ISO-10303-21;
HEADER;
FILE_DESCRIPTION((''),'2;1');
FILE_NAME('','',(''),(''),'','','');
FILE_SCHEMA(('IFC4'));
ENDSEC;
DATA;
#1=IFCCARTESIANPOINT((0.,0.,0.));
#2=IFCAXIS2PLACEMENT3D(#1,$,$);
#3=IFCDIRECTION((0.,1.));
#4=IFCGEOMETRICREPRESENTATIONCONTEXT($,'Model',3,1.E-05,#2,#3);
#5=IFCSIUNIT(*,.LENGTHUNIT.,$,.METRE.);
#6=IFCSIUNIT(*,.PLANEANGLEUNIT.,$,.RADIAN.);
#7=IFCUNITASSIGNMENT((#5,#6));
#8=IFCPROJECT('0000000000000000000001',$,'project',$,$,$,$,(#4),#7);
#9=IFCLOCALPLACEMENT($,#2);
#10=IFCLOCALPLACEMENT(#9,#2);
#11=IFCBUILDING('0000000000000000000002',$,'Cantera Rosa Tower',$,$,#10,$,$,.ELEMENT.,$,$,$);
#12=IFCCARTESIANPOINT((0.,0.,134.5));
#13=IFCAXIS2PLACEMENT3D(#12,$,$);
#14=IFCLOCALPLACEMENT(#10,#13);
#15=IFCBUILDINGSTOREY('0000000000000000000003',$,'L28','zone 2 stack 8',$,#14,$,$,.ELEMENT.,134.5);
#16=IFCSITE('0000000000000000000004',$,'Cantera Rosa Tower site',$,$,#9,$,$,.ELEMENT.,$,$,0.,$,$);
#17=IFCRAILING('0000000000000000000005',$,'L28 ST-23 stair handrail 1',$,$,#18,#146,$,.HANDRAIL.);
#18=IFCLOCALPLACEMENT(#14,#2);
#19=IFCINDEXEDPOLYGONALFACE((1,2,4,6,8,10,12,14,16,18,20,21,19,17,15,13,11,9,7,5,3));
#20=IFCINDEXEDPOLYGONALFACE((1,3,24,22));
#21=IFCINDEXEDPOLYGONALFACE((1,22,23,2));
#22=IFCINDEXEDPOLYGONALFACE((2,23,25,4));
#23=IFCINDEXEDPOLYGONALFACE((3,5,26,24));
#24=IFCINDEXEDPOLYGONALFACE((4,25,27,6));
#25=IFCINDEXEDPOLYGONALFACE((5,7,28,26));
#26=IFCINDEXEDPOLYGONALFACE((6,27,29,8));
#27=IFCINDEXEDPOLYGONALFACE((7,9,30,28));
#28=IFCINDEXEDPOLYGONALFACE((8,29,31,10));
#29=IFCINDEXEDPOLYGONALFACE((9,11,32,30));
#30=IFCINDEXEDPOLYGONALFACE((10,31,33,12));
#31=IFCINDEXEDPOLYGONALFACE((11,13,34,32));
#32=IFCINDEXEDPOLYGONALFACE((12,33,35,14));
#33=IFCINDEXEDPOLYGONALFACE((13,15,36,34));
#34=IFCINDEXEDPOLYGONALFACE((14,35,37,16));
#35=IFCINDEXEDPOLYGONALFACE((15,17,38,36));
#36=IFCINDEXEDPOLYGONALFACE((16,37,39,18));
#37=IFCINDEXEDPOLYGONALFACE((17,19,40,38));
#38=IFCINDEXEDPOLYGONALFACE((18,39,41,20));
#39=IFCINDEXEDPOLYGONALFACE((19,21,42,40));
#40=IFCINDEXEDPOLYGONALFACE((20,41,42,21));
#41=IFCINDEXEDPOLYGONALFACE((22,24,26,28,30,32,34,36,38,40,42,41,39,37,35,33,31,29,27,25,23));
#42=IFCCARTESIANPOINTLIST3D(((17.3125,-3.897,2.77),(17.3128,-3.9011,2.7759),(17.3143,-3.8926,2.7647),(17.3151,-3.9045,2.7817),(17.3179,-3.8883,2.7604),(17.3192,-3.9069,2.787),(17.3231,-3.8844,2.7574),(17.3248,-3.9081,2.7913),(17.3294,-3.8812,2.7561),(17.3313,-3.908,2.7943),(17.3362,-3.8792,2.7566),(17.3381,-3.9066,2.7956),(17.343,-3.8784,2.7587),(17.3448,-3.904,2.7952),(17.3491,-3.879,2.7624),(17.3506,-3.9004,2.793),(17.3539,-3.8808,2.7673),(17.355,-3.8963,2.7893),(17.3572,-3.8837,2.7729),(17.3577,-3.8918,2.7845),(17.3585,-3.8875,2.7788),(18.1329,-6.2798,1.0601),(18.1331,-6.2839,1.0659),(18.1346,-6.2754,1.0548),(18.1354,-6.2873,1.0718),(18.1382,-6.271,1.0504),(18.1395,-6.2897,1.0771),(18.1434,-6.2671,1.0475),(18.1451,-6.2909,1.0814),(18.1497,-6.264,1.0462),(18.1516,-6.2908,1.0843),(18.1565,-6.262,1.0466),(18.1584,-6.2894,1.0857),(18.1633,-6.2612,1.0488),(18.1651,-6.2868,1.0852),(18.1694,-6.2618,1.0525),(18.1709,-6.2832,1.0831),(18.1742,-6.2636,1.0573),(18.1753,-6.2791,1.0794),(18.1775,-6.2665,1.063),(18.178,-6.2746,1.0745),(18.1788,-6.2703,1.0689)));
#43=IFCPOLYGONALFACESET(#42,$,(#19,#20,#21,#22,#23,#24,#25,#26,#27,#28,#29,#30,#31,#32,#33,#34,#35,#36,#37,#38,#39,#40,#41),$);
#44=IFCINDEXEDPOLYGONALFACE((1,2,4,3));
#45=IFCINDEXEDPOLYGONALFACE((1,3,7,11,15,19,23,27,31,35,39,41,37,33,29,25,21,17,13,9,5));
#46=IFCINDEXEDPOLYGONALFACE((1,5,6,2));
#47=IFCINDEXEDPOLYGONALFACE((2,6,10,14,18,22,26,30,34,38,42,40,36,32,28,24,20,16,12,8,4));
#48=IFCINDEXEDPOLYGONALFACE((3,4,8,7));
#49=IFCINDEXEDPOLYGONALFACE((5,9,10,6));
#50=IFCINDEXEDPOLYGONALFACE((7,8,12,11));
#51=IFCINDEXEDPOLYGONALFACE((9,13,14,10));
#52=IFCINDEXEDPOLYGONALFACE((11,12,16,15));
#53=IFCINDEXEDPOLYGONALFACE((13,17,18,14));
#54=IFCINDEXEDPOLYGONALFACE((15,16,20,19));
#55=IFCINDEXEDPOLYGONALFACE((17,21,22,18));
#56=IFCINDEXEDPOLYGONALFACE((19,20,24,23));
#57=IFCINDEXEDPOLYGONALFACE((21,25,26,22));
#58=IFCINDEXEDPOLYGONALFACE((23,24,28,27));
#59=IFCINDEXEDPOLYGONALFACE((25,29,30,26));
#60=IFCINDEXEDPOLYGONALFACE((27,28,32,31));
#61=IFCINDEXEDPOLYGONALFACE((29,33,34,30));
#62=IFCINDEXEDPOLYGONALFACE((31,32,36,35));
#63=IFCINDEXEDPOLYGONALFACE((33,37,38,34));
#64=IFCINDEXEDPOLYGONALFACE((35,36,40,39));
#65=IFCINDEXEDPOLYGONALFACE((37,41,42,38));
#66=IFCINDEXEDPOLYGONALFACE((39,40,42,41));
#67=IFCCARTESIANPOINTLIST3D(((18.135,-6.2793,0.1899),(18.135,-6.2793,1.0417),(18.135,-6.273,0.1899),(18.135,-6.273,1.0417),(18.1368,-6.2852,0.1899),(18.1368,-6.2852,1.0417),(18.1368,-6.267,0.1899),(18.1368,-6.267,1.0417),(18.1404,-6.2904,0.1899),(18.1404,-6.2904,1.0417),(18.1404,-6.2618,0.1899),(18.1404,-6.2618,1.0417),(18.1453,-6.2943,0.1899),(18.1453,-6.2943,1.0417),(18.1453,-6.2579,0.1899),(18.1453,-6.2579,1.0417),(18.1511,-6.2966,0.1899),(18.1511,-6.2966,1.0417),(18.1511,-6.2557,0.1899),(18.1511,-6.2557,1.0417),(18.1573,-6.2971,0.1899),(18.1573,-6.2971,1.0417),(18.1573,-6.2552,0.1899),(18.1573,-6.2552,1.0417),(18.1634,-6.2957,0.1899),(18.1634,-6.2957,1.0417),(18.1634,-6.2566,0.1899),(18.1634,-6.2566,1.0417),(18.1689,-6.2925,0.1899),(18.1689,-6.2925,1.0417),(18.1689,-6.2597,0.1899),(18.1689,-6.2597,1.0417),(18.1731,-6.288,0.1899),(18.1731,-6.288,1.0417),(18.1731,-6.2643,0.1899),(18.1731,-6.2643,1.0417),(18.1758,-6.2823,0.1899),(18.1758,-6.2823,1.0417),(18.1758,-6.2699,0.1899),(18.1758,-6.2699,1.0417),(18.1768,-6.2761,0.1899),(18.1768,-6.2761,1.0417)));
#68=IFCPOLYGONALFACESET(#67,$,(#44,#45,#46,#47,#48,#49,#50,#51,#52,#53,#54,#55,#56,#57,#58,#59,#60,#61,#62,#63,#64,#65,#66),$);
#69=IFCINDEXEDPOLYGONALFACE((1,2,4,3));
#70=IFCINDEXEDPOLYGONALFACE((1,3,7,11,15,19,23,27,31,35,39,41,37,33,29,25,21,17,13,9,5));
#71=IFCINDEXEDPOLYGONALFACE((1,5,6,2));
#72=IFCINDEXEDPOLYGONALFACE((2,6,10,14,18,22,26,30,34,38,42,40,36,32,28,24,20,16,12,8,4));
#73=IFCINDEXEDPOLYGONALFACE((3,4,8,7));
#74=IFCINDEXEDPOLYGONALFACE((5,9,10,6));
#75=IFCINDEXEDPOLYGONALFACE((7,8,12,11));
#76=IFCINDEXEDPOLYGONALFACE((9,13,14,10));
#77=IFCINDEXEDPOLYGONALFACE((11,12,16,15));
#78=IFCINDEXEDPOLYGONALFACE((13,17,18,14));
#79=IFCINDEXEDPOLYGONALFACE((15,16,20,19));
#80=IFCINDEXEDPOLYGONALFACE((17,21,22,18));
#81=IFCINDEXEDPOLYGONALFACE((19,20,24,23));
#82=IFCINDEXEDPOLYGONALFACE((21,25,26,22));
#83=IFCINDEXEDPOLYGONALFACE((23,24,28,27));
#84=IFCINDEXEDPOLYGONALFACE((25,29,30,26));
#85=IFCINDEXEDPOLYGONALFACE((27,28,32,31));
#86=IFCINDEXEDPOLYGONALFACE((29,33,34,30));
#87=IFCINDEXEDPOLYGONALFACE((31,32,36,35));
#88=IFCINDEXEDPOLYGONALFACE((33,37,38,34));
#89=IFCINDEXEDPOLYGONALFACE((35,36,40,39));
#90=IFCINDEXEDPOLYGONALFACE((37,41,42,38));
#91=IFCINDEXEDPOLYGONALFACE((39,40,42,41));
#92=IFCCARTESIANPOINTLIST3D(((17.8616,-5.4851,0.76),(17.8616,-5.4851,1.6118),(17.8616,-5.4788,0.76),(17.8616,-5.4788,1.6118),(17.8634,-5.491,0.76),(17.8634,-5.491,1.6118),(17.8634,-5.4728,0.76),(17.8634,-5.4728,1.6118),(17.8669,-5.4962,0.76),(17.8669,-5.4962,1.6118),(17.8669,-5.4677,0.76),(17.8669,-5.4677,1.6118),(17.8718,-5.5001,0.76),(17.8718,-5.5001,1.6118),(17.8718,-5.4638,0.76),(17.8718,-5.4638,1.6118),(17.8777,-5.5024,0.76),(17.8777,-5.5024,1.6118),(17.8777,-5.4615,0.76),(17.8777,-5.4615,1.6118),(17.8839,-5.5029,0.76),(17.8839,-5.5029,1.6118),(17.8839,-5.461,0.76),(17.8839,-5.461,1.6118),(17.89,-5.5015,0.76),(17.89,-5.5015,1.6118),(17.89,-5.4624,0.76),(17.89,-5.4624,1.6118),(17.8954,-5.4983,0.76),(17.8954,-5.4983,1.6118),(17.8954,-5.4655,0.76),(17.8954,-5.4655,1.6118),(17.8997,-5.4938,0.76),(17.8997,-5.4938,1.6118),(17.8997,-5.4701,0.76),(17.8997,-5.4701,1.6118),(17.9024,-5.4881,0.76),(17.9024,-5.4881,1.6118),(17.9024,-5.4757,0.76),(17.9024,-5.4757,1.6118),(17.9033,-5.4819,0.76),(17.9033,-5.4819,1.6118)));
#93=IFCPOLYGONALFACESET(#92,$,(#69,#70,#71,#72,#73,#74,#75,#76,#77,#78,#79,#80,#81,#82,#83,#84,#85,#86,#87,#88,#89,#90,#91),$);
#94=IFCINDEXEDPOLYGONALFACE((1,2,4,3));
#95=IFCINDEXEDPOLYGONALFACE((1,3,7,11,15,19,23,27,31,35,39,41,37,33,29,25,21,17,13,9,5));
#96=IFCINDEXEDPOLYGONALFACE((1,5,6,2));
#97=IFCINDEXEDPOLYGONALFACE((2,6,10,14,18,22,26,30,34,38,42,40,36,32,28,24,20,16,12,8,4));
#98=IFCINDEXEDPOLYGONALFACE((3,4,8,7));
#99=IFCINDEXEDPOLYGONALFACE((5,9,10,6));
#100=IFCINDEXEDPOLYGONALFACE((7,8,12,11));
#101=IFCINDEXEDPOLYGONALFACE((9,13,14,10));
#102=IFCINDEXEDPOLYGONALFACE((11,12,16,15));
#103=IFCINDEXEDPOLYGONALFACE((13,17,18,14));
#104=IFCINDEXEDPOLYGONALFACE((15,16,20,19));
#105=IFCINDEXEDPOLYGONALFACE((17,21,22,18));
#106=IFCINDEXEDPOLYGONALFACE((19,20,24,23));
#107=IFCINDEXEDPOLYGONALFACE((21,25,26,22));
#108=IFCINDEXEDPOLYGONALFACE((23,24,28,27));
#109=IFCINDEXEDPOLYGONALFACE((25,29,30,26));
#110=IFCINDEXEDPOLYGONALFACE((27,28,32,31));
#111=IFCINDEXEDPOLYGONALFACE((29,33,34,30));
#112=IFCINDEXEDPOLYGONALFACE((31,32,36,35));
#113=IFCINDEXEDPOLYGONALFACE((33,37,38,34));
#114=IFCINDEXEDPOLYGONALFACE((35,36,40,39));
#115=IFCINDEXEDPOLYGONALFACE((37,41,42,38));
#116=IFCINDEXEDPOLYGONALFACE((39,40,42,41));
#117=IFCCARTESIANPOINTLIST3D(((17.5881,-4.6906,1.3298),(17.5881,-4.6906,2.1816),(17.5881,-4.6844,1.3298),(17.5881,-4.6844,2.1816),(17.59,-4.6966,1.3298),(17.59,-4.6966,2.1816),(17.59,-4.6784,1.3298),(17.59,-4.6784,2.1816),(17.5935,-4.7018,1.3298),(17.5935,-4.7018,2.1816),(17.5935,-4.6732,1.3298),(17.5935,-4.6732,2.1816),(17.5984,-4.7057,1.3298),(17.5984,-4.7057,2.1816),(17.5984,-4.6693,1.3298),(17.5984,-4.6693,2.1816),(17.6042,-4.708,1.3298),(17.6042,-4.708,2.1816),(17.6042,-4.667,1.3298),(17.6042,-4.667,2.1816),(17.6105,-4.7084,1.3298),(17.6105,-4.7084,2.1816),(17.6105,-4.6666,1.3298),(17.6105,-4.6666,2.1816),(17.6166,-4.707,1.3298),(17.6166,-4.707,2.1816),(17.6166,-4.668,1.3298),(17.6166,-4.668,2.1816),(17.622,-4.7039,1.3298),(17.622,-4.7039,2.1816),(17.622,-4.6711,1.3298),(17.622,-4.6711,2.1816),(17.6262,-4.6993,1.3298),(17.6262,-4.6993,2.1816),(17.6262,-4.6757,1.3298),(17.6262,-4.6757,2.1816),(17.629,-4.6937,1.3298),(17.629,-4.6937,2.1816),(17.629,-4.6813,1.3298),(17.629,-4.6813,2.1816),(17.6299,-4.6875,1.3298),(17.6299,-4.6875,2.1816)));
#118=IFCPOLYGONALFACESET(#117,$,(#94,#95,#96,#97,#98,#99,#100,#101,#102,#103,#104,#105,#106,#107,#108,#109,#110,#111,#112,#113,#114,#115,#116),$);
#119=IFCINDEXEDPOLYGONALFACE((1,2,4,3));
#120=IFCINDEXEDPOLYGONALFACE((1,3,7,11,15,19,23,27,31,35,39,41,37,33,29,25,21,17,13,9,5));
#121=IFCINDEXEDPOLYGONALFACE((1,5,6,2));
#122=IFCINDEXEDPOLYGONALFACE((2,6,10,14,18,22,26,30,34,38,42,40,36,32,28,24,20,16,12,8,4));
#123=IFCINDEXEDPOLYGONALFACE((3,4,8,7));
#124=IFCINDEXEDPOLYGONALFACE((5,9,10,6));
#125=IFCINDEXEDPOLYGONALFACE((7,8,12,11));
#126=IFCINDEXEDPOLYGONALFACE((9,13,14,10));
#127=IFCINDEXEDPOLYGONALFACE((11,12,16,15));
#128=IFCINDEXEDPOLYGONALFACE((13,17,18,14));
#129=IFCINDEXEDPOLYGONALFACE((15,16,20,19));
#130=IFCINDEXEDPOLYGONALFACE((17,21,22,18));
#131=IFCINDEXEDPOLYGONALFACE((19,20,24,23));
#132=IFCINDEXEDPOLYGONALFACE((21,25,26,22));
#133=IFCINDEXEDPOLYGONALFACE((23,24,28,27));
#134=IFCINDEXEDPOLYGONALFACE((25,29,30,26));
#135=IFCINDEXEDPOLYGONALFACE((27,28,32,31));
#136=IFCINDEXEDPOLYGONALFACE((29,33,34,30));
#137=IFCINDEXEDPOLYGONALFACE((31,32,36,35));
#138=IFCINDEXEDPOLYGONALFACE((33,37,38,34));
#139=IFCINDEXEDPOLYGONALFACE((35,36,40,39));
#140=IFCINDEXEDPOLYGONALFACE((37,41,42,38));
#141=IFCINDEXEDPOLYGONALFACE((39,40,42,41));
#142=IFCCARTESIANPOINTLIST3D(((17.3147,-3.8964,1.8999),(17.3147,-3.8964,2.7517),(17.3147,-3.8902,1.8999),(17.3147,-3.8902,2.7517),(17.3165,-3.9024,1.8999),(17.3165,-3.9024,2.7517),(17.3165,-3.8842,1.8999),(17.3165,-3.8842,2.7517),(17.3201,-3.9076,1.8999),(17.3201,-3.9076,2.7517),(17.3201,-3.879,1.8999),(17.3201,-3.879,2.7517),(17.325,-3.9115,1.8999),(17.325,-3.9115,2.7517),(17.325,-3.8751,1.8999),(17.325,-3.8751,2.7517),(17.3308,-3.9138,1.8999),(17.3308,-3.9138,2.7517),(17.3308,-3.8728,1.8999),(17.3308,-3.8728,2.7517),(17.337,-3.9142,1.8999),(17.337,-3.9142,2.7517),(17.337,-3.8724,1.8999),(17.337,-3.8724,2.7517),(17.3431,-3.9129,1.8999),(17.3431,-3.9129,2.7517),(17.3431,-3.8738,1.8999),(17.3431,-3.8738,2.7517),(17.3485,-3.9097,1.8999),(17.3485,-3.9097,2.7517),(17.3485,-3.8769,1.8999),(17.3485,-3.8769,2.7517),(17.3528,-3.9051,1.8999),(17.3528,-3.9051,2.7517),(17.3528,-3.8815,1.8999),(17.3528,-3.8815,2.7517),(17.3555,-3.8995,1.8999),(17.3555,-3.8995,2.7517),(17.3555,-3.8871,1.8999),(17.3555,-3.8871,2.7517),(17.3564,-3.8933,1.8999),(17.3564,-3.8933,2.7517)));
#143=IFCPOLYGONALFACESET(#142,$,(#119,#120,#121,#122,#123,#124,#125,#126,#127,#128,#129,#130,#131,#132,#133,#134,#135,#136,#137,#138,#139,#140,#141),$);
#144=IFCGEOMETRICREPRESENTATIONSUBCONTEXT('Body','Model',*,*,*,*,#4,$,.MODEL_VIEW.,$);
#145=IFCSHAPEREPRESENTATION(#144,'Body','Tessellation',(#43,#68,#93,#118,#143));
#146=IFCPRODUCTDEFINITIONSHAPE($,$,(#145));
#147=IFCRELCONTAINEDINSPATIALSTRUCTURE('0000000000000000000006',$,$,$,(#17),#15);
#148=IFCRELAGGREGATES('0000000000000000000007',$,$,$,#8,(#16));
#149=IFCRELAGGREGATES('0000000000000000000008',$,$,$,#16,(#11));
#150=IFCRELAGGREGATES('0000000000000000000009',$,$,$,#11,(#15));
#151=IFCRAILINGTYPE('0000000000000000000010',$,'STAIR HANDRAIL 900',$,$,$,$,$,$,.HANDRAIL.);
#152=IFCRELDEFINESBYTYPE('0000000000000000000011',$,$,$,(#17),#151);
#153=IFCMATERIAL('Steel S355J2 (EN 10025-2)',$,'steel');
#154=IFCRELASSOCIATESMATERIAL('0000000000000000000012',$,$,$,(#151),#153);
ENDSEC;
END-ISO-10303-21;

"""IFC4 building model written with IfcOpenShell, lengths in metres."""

from ifc_helpers import new_model, si_unit, direction, frame, origin, origin_2d, place, context, subcontext, project, spatial, circle, extrude, material, type_object, element, save


model = new_model("IFC4")

# Units and contexts
model_context = context("Model", 3, precision=1e-05, world=origin(), true_north=direction((0.0, 1.0)))
body_context = subcontext(model_context, "Body", "Model", "MODEL_VIEW")
ifc_project = project(units=[si_unit("LENGTHUNIT", "METRE"), si_unit("PLANEANGLEUNIT", "RADIAN")], contexts=[model_context])

# Site, building, storey
site_placement = place(None, origin())
site = spatial("IfcSite", under=ifc_project, at=site_placement, Name="Cantera Rosa Tower site", CompositionType="ELEMENT", RefElevation=0.0)
building_placement = place(site_placement, origin())
building = spatial("IfcBuilding", under=site, at=building_placement, Name="Cantera Rosa Tower", CompositionType="ELEMENT")
storey_placement = place(building_placement, frame((0.0, 0.0, 134.5)))
storey = spatial("IfcBuildingStorey", under=building, at=storey_placement, Name="L28", Description="zone 2 stack 8", CompositionType="ELEMENT", Elevation=134.5)

# Railing
ifc_material_1 = material(Name="Steel S355J2 (EN 10025-2)", Category="steel")
railing_type_1 = type_object("IfcRailingType", Name="STAIR HANDRAIL 900", PredefinedType="HANDRAIL", material=ifc_material_1)
railing_1_placement = place(storey_placement, frame((18.1558, -6.2761, 0.1899)))
element("IfcRailing", 1, at=railing_1_placement, inside=storey, type_object=railing_type_1, Name="L28 ST-23 stair handrail 1", PredefinedType="HANDRAIL", context=body_context, shape_type="SweptSolid", body=[
    extrude(circle(Radius=0.0239, at=origin_2d()), frame((0.0, 0.0, 0.876), z_axis=(-0.269358, 0.782421, 0.561483), x_axis=(-0.945538, -0.325513, 0.0)), (0.0, 0.0, 1.0), 3.0454),
    extrude(circle(Radius=0.021, at=origin_2d()), origin(), (0.0, 0.0, 1.0), 0.8518),
    extrude(circle(Radius=0.021, at=origin_2d()), frame((-0.2734, 0.7942, 0.5701)), (0.0, 0.0, 1.0), 0.8518),
    extrude(circle(Radius=0.021, at=origin_2d()), frame((-0.5469, 1.5886, 1.1399)), (0.0, 0.0, 1.0), 0.8518),
    extrude(circle(Radius=0.021, at=origin_2d()), frame((-0.8203, 2.3828, 1.71)), (0.0, 0.0, 1.0), 0.8518),
])

save(model, "model.ifc")
